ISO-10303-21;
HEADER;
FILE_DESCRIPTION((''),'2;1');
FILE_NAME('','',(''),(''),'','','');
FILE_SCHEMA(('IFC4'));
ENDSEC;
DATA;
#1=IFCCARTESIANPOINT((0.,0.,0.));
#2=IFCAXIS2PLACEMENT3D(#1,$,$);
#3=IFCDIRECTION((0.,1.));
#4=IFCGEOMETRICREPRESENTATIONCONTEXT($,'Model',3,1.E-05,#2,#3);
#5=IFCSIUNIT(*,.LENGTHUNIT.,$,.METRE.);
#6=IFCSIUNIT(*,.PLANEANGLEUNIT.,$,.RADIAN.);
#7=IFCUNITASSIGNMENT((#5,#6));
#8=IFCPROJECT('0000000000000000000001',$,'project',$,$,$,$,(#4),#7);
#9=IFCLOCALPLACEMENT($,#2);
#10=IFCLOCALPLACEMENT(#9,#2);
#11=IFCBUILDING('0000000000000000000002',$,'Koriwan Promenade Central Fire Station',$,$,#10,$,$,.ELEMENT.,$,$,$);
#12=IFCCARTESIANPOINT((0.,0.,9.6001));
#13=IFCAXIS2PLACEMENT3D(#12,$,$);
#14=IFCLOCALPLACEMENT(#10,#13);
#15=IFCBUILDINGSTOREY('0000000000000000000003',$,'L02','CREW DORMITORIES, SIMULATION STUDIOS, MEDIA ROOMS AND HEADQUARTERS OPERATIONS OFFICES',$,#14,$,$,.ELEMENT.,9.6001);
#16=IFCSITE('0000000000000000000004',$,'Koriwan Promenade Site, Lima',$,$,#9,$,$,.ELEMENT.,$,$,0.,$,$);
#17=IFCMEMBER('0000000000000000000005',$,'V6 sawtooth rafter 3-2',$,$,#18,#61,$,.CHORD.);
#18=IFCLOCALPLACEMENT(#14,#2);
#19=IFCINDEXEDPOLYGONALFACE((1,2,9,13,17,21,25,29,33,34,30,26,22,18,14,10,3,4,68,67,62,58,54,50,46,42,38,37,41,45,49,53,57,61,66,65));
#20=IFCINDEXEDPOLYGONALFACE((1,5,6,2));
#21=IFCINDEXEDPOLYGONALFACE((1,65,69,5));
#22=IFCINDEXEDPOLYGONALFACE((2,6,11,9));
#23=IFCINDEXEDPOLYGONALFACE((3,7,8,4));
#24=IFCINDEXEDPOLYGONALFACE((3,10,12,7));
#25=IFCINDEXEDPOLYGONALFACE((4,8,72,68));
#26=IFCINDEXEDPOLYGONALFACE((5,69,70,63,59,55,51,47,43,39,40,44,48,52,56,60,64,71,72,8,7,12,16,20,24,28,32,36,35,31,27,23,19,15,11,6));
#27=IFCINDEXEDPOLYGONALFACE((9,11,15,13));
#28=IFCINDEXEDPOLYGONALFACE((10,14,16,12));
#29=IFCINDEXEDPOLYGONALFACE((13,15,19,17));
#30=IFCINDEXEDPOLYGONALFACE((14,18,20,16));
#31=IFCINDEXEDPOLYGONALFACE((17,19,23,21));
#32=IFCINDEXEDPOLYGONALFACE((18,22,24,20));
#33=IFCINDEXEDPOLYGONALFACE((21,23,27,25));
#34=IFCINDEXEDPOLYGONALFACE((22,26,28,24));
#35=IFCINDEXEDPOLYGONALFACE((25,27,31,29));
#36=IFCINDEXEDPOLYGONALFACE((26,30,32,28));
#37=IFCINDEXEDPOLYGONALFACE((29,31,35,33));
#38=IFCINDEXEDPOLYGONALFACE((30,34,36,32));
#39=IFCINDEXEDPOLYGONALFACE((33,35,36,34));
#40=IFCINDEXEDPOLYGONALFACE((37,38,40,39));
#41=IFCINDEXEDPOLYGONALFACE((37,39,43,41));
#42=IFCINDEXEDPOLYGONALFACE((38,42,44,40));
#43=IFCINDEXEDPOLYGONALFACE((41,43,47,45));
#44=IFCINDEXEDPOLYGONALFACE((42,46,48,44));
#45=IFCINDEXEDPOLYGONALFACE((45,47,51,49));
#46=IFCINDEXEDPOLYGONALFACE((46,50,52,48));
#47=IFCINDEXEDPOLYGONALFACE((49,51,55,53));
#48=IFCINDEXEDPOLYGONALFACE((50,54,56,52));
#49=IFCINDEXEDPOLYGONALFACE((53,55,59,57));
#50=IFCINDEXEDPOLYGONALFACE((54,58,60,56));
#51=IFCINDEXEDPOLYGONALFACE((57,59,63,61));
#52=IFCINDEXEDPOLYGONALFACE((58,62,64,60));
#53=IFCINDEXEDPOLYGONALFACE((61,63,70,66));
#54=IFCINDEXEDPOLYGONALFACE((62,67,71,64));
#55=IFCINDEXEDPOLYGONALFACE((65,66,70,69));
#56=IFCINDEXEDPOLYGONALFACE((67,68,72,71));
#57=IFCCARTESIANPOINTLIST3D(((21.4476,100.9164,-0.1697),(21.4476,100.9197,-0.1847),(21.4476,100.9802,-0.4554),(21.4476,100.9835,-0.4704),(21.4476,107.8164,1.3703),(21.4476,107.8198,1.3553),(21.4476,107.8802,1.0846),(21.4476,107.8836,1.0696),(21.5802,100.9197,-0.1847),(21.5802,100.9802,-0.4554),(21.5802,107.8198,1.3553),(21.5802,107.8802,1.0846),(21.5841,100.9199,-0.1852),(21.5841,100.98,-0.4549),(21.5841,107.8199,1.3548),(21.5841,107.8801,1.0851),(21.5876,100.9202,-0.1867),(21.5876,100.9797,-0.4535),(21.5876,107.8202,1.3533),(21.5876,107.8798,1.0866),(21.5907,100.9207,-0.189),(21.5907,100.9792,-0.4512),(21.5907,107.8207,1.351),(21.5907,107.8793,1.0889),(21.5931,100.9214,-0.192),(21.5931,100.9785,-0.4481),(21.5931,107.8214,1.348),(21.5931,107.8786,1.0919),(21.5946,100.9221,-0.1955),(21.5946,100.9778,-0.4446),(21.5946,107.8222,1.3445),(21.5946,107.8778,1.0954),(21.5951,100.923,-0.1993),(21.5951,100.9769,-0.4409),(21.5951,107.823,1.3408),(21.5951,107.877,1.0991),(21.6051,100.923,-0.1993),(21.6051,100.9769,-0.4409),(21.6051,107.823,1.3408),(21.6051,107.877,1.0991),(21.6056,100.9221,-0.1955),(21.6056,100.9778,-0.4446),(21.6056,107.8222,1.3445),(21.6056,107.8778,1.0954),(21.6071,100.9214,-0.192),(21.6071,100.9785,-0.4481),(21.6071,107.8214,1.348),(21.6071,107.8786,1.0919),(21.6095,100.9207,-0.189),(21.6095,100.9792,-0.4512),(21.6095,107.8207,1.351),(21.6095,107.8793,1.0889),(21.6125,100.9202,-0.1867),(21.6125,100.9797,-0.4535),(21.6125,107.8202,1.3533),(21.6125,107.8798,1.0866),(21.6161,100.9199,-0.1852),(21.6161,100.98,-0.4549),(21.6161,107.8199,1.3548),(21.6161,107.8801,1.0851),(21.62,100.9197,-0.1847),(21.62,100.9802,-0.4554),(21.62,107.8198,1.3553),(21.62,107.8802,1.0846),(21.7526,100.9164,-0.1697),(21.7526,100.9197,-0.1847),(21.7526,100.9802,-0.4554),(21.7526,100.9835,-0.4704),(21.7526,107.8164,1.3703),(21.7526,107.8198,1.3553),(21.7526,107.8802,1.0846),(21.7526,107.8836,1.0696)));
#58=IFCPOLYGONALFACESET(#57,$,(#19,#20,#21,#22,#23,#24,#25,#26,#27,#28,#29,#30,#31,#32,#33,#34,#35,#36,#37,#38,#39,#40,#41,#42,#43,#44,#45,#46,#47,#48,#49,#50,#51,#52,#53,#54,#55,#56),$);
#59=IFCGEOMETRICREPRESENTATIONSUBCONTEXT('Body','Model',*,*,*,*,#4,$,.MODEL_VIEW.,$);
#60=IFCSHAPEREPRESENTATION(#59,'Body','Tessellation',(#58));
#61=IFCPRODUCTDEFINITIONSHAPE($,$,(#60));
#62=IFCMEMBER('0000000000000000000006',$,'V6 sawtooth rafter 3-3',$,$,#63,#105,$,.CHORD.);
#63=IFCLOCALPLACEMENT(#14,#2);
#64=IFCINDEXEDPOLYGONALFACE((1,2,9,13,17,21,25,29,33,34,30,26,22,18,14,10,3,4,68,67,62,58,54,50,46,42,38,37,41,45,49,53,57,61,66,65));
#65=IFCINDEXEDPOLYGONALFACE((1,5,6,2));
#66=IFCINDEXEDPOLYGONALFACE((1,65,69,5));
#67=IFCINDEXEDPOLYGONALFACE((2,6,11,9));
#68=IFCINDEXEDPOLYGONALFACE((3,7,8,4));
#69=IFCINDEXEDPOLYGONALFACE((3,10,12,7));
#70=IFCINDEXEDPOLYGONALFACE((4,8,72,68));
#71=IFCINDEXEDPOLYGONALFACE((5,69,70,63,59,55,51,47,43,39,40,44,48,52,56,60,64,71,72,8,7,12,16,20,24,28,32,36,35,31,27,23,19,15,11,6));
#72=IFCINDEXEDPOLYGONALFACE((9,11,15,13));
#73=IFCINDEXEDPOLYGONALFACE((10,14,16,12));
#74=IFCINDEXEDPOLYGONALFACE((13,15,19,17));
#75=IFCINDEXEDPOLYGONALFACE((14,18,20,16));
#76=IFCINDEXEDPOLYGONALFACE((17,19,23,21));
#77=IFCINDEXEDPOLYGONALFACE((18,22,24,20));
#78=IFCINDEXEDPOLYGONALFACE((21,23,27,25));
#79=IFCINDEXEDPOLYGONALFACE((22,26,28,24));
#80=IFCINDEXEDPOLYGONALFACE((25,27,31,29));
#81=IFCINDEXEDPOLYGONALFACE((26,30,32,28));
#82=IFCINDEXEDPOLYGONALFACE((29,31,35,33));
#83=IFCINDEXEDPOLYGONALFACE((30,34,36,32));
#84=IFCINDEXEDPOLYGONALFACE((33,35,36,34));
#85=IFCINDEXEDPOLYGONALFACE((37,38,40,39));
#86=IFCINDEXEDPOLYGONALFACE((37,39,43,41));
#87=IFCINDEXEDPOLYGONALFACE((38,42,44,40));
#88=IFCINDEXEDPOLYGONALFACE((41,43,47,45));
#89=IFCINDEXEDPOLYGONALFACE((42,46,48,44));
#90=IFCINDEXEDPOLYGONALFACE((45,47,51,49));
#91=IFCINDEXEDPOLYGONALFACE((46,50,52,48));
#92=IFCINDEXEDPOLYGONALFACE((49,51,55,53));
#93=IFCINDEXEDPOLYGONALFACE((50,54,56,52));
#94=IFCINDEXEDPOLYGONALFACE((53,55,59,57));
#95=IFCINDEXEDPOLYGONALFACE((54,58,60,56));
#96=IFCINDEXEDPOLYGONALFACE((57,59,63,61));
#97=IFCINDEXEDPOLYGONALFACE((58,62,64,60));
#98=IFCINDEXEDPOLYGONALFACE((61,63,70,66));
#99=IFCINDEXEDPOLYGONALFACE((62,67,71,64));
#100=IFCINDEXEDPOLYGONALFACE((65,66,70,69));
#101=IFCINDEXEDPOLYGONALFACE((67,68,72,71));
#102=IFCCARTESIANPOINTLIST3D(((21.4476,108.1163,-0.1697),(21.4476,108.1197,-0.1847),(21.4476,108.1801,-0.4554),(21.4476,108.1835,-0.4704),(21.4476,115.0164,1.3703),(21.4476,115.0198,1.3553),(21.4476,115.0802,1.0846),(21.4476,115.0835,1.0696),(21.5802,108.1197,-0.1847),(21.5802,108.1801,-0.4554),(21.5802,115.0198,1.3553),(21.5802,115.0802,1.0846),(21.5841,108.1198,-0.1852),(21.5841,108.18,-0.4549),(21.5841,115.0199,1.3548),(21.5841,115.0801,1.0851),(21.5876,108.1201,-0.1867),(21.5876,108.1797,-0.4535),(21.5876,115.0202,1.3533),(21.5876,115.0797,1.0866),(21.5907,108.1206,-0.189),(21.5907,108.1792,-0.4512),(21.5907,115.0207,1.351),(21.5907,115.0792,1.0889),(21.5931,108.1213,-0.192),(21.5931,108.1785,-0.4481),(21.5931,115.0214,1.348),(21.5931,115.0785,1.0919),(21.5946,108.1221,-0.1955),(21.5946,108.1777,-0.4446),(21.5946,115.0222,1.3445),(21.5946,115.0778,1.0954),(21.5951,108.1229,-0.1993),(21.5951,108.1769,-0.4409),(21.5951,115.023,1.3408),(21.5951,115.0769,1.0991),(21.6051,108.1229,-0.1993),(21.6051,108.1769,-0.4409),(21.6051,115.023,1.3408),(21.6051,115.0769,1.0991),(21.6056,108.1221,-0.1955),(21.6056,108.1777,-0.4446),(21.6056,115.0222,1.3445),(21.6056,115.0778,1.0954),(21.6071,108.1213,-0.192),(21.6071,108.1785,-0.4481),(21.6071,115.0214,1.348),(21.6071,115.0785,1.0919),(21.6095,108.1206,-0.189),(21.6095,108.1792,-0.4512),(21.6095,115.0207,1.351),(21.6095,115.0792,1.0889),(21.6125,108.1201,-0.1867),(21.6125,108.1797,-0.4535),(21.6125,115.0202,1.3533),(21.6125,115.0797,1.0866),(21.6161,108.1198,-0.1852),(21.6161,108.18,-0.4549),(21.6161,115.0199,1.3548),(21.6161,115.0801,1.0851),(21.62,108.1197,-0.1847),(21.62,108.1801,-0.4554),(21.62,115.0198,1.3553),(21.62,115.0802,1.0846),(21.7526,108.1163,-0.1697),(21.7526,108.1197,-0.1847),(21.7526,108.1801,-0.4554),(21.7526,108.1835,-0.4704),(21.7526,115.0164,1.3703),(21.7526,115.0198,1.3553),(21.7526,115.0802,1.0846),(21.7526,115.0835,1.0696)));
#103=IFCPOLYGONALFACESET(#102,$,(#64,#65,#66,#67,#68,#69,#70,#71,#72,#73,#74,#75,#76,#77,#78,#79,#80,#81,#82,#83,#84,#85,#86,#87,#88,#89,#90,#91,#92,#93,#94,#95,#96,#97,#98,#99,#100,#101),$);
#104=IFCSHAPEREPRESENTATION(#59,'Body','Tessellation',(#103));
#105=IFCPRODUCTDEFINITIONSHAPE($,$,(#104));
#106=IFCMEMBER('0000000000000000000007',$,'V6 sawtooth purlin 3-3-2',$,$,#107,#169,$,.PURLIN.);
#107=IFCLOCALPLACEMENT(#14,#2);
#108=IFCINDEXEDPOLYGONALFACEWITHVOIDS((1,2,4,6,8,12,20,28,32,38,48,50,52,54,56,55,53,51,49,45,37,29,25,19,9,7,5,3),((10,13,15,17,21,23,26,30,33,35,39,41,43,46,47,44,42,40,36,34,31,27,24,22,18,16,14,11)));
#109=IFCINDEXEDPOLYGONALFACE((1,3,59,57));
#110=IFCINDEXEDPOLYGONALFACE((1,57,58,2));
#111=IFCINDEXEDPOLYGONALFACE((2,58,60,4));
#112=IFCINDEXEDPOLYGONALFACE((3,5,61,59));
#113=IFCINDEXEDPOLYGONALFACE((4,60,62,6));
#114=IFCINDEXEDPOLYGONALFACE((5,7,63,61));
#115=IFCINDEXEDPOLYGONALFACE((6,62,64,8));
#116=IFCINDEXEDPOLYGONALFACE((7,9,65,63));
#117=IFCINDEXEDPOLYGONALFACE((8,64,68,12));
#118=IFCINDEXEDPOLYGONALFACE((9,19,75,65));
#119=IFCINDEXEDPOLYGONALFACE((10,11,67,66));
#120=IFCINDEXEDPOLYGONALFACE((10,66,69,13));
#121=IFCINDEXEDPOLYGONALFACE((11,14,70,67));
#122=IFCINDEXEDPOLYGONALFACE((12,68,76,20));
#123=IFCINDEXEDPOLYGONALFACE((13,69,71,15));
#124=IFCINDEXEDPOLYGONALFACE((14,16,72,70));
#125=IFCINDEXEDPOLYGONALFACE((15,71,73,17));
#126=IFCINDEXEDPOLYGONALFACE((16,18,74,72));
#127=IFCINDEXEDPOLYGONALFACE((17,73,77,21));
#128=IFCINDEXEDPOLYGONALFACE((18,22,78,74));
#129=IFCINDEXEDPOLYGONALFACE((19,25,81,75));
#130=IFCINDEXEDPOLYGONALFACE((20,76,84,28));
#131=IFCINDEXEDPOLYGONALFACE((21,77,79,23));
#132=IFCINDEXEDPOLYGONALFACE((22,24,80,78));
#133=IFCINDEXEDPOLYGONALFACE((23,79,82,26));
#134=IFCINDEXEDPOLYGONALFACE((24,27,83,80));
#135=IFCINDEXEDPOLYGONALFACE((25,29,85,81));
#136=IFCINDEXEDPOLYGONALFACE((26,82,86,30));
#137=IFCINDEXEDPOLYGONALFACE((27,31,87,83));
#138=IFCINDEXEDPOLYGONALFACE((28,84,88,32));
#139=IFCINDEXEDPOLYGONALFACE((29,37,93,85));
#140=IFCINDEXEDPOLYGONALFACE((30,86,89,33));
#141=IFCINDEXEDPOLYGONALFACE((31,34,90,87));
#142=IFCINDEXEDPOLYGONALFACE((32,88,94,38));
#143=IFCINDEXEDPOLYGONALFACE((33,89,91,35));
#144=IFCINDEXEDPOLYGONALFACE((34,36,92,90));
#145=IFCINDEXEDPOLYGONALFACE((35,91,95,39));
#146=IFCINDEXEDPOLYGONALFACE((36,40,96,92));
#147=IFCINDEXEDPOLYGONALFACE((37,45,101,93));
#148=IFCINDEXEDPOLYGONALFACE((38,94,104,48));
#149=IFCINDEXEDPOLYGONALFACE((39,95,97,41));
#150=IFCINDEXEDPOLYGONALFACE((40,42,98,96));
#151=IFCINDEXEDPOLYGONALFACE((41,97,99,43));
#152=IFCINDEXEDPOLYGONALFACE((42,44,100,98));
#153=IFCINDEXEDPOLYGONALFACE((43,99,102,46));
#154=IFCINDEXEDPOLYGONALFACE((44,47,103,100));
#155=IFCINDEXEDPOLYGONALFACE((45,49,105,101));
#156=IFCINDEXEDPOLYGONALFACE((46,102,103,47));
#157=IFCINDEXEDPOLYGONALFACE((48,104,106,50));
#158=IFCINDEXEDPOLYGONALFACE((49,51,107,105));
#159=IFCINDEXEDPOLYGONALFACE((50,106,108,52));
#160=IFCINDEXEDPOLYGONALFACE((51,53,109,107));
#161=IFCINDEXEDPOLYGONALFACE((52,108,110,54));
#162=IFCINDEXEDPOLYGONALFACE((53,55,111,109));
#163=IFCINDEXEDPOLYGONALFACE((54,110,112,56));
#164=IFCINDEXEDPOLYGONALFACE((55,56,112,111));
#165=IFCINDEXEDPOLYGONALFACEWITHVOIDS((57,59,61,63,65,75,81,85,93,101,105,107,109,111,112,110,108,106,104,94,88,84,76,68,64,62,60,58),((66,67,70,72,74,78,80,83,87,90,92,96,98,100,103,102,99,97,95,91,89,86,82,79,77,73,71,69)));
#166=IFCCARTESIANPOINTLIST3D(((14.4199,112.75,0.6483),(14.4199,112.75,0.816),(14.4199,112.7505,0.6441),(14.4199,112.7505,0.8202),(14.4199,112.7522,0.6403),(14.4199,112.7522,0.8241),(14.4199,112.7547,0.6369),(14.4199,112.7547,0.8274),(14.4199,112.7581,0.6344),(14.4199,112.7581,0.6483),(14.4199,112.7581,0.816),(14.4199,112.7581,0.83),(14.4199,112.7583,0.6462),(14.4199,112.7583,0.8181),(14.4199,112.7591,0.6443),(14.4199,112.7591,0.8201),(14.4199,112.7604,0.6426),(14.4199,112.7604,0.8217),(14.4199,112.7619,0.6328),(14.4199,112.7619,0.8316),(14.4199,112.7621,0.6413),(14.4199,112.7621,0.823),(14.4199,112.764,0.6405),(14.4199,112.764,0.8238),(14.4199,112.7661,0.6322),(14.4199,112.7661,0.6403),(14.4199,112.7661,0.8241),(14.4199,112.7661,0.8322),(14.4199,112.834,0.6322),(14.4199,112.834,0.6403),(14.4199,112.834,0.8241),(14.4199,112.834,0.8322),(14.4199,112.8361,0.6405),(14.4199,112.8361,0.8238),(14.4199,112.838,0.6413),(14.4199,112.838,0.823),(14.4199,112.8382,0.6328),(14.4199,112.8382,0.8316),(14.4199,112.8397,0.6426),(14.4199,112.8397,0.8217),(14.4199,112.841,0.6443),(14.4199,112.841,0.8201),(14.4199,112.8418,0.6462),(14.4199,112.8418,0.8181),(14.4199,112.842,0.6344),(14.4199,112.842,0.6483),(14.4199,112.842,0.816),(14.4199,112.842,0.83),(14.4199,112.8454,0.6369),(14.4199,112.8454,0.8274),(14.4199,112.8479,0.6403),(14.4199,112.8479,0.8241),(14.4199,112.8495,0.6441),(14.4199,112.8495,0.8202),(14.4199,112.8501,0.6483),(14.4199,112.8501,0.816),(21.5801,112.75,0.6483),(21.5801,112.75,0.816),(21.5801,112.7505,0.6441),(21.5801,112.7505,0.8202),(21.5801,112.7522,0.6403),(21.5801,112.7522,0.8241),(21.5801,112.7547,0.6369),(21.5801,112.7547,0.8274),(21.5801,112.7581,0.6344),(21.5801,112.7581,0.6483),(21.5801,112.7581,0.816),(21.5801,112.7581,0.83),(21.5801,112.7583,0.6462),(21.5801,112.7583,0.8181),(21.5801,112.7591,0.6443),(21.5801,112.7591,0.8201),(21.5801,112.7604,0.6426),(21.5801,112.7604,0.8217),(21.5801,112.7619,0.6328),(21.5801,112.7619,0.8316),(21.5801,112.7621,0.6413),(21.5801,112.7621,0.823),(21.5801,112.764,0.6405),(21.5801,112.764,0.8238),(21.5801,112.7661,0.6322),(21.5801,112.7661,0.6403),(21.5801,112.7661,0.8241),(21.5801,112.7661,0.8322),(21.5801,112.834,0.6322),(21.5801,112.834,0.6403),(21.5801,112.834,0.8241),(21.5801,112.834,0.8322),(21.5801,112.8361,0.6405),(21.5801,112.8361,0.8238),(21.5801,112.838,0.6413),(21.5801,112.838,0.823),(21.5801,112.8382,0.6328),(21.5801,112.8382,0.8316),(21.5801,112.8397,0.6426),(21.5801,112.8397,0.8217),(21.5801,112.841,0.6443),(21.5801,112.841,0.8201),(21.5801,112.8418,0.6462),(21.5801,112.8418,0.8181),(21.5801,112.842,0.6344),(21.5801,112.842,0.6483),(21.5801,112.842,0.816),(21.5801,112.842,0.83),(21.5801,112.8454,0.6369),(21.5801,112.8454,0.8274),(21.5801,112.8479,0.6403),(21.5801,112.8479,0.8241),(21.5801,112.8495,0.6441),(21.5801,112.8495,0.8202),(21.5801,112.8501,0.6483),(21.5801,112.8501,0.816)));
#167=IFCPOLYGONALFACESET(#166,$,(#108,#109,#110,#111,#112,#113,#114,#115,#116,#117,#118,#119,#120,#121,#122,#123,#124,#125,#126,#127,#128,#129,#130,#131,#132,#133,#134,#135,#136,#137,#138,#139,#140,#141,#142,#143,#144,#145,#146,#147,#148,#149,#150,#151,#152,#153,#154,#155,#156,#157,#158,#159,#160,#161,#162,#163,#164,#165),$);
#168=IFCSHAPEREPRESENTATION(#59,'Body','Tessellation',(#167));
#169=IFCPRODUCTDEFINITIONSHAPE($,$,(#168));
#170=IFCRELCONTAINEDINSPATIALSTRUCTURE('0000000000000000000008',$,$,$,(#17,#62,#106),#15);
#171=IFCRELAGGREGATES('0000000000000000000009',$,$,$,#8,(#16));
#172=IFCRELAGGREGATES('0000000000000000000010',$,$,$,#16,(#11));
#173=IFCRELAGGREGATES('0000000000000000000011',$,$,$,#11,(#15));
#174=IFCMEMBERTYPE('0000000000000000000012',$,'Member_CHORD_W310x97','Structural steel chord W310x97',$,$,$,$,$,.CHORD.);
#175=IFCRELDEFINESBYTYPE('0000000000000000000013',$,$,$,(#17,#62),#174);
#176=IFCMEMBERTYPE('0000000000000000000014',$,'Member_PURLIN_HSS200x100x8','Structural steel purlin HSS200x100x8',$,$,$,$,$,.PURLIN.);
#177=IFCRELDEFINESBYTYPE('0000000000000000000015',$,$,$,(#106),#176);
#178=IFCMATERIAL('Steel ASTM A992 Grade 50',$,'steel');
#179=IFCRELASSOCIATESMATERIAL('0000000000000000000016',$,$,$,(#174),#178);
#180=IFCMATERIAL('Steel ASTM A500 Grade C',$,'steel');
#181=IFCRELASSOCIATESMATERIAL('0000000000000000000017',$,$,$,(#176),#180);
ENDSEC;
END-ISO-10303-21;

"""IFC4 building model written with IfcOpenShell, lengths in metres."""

from ifc_helpers import new_model, si_unit, direction, frame, origin, origin_2d, place, context, subcontext, project, spatial, hollow_rectangle, i_section, extrude, material, material_profile, profile_set, type_object, element, save


model = new_model("IFC4")

# Units and contexts
model_context = context("Model", 3, precision=1e-05, world=origin(), true_north=direction((0.0, 1.0)))
body_context = subcontext(model_context, "Body", "Model", "MODEL_VIEW")
ifc_project = project(units=[si_unit("LENGTHUNIT", "METRE"), si_unit("PLANEANGLEUNIT", "RADIAN")], contexts=[model_context])

# Site, building, storey
site_placement = place(None, origin())
site = spatial("IfcSite", under=ifc_project, at=site_placement, Name="Koriwan Promenade Site, Lima", CompositionType="ELEMENT", RefElevation=0.0)
building_placement = place(site_placement, origin())
building = spatial("IfcBuilding", under=site, at=building_placement, Name="Koriwan Promenade Central Fire Station", CompositionType="ELEMENT")
storey_placement = place(building_placement, frame((0.0, 0.0, 9.6001)))
storey = spatial("IfcBuildingStorey", under=building, at=storey_placement, Name="L02", Description="CREW DORMITORIES, SIMULATION STUDIOS, MEDIA ROOMS AND HEADQUARTERS OPERATIONS OFFICES", CompositionType="ELEMENT", Elevation=9.6001)

# Members
ifc_material_1 = material(Name="Steel ASTM A992 Grade 50", Category="steel")
ifc_material_profile_1 = material_profile(ifc_material_1, i_section(OverallWidth=0.3049, OverallDepth=0.3081, WebThickness=0.01, FlangeThickness=0.0154, FilletRadius=0.0149, at=origin_2d()), Name="W310x97")
ifc_profile_set_1 = profile_set([ifc_material_profile_1], Name="Steel ASTM A992 Grade 50")
member_type_1 = type_object("IfcMemberType", Name="Member_CHORD_W310x97", Description="Structural steel chord W310x97", PredefinedType="CHORD", material=ifc_profile_set_1)
for number, where, z_axis, x_axis, name in (
    (1, (21.6001, 100.95, -0.3201), (0.0, 0.975987, 0.21783), (-1.0, 0.0, 0.0), "V6 sawtooth rafter 3-2"),
    (2, (21.6001, 108.1499, -0.3201), (0.0, 0.975987, 0.21783), (-1.0, 0.0, 0.0), "V6 sawtooth rafter 3-3"),
):
    element("IfcMember", number, at=place(storey_placement, frame(where, z_axis=z_axis, x_axis=x_axis)), inside=storey, type_object=member_type_1, Name=name, PredefinedType="CHORD", context=body_context, shape_type="SweptSolid", body=[
        extrude(i_section(OverallWidth=0.3049, OverallDepth=0.3081, WebThickness=0.01, FlangeThickness=0.0154, FilletRadius=0.0149, at=origin_2d()), origin(), (0.0, 0.0, 1.0), 7.0698),
    ])
ifc_material_2 = material(Name="Steel ASTM A500 Grade C", Category="steel")
ifc_material_profile_2 = material_profile(ifc_material_2, hollow_rectangle(XDim=0.1001, YDim=0.2, WallThickness=0.0081, InnerFilletRadius=0.0081, OuterFilletRadius=0.0161, at=origin_2d()), Name="HSS200x100x8")
ifc_profile_set_2 = profile_set([ifc_material_profile_2], Name="Steel ASTM A500 Grade C")
member_type_2 = type_object("IfcMemberType", Name="Member_PURLIN_HSS200x100x8", Description="Structural steel purlin HSS200x100x8", PredefinedType="PURLIN", material=ifc_profile_set_2)
member_placement = place(storey_placement, frame((14.4199, 112.8, 0.7322), z_axis=(1.0, 0.0, 0.0), x_axis=(0.0, 1.0, 0.0)))
element("IfcMember", 3, at=member_placement, inside=storey, type_object=member_type_2, Name="V6 sawtooth purlin 3-3-2", PredefinedType="PURLIN", context=body_context, shape_type="SweptSolid", body=[
    extrude(hollow_rectangle(XDim=0.1001, YDim=0.2, WallThickness=0.0081, InnerFilletRadius=0.0081, OuterFilletRadius=0.0161, at=origin_2d()), origin(), (0.0, 0.0, 1.0), 7.1602),
])

save(model, "model.ifc")
